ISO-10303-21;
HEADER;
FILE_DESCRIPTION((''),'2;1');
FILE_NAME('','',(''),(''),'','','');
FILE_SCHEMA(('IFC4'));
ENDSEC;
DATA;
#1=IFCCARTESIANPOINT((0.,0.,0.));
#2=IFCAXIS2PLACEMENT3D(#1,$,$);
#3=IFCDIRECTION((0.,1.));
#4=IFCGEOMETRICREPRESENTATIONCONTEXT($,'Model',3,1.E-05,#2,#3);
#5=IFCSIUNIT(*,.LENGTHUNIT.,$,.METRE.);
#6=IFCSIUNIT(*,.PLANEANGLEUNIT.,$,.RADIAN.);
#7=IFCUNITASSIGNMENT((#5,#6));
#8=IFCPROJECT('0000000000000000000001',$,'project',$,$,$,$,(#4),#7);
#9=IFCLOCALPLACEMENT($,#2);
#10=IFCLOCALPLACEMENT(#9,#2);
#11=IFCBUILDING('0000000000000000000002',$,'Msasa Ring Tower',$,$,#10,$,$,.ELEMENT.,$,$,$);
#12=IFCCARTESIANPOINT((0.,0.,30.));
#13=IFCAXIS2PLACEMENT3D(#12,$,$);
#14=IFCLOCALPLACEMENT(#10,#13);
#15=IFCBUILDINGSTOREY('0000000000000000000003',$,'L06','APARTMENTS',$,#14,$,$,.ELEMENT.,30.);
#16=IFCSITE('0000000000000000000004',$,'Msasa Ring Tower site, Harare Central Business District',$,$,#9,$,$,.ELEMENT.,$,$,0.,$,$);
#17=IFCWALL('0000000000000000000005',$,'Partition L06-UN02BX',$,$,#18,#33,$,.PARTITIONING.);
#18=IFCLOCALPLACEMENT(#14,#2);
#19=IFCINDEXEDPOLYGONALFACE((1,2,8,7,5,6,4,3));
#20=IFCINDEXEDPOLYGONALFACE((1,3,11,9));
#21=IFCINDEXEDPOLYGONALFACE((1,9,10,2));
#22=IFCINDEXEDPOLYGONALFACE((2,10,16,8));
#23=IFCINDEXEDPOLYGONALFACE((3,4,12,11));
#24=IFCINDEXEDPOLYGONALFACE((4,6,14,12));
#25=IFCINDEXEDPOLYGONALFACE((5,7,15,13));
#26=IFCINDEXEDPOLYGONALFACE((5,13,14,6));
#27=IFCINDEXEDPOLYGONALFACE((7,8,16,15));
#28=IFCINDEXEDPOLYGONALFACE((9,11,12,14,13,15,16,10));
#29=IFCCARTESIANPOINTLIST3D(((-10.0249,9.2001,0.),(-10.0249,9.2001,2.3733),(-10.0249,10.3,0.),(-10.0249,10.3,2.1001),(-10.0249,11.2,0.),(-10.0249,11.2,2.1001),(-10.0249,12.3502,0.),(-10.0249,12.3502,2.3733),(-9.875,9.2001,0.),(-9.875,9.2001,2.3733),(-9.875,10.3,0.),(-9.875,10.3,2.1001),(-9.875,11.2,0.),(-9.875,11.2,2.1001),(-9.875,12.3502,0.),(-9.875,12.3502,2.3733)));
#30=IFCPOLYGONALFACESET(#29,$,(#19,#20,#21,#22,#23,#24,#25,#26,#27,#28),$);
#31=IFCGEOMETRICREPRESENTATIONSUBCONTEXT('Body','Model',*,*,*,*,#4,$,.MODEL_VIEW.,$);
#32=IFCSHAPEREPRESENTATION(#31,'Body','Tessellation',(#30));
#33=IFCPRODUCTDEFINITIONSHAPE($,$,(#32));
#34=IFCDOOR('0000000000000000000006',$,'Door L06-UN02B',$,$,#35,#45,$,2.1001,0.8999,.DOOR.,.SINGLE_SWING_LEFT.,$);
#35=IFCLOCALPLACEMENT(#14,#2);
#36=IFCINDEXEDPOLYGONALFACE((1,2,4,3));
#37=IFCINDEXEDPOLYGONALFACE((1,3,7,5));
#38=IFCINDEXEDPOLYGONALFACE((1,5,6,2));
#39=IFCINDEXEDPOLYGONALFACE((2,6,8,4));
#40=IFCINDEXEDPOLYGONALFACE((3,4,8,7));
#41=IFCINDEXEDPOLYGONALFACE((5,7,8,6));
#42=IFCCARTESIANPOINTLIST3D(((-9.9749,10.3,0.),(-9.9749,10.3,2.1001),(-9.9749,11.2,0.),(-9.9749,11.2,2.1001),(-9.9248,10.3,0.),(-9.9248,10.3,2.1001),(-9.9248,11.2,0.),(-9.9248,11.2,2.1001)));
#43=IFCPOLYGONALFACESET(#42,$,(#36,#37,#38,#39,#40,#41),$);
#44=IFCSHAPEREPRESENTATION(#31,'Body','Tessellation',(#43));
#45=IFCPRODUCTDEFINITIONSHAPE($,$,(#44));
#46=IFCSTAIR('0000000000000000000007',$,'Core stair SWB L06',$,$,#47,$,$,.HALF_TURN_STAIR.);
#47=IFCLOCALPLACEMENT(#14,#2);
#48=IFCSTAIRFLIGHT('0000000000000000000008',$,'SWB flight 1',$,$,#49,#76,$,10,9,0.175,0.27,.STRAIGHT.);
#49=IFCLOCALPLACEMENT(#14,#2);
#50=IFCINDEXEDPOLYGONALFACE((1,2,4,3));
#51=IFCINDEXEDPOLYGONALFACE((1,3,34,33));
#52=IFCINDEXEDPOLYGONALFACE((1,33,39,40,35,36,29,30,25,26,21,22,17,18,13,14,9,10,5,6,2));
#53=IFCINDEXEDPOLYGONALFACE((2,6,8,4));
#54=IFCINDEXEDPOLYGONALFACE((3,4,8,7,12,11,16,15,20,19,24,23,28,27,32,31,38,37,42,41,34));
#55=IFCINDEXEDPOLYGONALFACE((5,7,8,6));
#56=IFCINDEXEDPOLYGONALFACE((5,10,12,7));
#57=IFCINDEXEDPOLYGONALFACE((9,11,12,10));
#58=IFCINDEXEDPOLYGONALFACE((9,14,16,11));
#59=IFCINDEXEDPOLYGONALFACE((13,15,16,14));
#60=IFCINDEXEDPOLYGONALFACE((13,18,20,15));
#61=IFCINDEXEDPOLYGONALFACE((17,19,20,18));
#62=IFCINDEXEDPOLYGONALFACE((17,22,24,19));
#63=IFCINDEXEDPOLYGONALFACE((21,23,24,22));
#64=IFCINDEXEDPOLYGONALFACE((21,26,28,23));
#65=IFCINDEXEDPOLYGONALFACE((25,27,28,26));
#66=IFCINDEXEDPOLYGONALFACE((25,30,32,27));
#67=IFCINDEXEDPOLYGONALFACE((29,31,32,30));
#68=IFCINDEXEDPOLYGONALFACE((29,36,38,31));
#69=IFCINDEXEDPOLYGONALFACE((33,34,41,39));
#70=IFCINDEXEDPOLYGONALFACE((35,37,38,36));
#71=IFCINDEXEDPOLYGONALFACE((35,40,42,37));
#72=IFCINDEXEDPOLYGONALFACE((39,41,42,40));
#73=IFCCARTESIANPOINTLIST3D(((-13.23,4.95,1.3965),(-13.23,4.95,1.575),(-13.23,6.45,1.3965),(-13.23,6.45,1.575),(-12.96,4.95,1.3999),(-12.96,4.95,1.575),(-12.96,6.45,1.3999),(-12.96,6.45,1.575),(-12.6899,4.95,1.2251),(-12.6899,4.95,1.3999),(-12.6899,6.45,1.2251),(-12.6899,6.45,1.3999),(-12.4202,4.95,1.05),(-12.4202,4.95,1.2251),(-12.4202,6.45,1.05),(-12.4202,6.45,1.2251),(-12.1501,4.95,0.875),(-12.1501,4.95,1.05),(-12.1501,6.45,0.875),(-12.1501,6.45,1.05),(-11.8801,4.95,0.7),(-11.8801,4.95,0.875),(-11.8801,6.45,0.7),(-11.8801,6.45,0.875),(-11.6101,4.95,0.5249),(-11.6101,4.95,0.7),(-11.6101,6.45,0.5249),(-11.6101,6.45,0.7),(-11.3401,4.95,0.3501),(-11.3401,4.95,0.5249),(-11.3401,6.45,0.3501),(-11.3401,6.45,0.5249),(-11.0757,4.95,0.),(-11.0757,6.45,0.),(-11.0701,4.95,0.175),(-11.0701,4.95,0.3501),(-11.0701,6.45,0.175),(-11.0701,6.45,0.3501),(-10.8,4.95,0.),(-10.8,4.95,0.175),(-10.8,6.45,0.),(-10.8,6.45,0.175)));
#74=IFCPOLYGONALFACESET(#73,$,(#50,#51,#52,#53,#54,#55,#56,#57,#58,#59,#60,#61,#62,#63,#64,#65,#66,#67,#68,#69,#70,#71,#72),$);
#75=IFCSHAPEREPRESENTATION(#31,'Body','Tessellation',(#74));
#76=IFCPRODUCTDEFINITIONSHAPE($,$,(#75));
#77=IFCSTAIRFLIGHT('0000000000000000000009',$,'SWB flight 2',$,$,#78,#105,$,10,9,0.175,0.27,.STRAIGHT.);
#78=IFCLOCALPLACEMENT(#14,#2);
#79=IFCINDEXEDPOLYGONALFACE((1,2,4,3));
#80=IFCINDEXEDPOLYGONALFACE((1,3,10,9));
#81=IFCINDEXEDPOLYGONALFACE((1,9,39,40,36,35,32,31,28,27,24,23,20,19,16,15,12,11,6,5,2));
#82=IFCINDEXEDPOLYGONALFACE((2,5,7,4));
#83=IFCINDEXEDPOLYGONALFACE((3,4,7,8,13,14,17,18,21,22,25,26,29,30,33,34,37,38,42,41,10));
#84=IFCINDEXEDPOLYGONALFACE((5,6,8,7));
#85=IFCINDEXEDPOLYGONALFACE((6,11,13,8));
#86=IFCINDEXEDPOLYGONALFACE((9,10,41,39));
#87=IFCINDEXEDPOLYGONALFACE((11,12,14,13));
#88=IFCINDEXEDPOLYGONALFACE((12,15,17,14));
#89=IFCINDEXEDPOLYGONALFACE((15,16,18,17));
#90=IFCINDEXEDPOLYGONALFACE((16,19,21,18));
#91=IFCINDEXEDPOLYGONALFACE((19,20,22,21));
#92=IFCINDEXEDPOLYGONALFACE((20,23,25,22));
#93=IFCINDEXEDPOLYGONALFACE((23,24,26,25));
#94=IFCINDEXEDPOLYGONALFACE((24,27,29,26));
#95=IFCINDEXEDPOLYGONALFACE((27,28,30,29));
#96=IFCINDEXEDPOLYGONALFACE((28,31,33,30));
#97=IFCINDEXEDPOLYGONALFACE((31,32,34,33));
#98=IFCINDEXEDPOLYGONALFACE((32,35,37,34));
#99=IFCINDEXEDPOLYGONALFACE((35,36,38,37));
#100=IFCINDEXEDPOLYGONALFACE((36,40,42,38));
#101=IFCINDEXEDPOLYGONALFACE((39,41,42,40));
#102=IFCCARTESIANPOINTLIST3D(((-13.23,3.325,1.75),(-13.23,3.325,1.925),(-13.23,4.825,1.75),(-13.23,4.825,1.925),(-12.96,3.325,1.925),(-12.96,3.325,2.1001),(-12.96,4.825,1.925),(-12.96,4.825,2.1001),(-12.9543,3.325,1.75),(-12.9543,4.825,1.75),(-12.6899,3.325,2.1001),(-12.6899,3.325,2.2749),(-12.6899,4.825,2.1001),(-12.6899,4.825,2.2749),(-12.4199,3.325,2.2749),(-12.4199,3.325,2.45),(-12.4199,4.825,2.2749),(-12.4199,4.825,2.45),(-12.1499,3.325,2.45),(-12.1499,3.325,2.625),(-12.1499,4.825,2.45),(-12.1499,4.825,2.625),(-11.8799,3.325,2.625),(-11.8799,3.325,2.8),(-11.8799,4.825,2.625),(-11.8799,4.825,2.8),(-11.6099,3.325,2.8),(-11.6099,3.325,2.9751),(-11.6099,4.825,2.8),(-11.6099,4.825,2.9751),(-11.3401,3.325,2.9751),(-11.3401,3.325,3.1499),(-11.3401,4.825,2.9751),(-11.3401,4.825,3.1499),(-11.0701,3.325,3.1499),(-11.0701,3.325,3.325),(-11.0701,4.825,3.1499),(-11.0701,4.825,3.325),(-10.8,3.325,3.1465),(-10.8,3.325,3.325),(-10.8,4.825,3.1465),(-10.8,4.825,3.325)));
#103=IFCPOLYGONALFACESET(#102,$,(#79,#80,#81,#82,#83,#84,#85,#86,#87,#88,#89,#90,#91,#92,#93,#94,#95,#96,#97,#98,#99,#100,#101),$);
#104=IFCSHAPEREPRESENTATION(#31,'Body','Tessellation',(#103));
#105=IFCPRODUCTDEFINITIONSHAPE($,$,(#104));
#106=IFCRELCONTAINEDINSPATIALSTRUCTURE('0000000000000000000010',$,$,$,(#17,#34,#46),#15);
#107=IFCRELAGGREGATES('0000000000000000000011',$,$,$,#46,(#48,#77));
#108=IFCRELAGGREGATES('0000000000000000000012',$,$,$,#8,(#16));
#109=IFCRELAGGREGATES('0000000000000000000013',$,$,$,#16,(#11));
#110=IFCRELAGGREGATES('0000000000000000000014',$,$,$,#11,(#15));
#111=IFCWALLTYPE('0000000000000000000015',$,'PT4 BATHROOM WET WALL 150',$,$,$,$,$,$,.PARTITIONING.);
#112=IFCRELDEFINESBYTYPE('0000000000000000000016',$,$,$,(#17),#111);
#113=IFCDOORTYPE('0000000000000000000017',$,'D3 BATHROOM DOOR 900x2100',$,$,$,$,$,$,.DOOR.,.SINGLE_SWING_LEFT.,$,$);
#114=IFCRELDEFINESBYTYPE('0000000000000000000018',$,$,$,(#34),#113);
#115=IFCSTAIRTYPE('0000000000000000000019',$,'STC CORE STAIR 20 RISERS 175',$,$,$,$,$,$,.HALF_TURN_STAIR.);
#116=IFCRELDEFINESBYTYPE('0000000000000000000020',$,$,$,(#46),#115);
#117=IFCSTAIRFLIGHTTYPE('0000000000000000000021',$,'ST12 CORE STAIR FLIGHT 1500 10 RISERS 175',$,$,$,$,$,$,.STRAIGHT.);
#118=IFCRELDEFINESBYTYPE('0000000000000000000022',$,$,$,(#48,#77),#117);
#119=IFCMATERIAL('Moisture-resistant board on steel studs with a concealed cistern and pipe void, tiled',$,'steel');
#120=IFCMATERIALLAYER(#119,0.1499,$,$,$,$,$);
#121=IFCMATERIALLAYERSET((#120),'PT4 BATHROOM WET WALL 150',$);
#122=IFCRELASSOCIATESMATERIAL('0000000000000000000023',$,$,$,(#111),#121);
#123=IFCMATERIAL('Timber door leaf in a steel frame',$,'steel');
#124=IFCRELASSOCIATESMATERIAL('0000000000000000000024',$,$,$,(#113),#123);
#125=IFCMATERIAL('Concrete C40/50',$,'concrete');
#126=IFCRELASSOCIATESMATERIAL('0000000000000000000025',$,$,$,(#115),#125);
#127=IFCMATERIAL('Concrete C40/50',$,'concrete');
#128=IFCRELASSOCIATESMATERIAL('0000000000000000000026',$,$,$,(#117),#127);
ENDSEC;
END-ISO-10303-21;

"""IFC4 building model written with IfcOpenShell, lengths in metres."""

from ifc_helpers import new_model, si_unit, direction, frame, frame_2d, origin, place, context, subcontext, project, spatial, polyline, rectangle, outline, extrude, material, layer, layer_set, type_object, element, fill, aggregate, save


model = new_model("IFC4")

# Units and contexts
model_context = context("Model", 3, precision=1e-05, world=origin(), true_north=direction((0.0, 1.0)))
body_context = subcontext(model_context, "Body", "Model", "MODEL_VIEW")
ifc_project = project(units=[si_unit("LENGTHUNIT", "METRE"), si_unit("PLANEANGLEUNIT", "RADIAN")], contexts=[model_context])

# Site, building, storey
site_placement = place(None, origin())
site = spatial("IfcSite", under=ifc_project, at=site_placement, Name="Msasa Ring Tower site, Harare Central Business District", CompositionType="ELEMENT", RefElevation=0.0)
building_placement = place(site_placement, origin())
building = spatial("IfcBuilding", under=site, at=building_placement, Name="Msasa Ring Tower", CompositionType="ELEMENT")
storey_placement = place(building_placement, frame((0.0, 0.0, 30.0)))
storey = spatial("IfcBuildingStorey", under=building, at=storey_placement, Name="L06", Description="APARTMENTS", CompositionType="ELEMENT", Elevation=30.0)

# Wall, opening, door
ifc_material_1 = material(Name="Moisture-resistant board on steel studs with a concealed cistern and pipe void, tiled", Category="steel")
ifc_layer_1 = layer(ifc_material_1, 0.1499)
ifc_layer_set_1 = layer_set([ifc_layer_1], Name="PT4 BATHROOM WET WALL 150")
wall_type_1 = type_object("IfcWallType", Name="PT4 BATHROOM WET WALL 150", PredefinedType="PARTITIONING", material=ifc_layer_set_1)
ifc_material_2 = material(Name="Timber door leaf in a steel frame", Category="steel")
door_type_1 = type_object("IfcDoorType", Name="D3 BATHROOM DOOR 900x2100", OperationType="SINGLE_SWING_LEFT", PredefinedType="DOOR", material=ifc_material_2)
wall_1_placement = place(storey_placement, frame((-9.95, 9.2, 0.0), z_axis=(0.0, 0.0, 1.0), x_axis=(0.0, 1.0, 0.0)))
wall_1 = element("IfcWall", 1, at=wall_1_placement, inside=storey, type_object=wall_type_1, Name="Partition L06-UN02BX", PredefinedType="PARTITIONING", context=body_context, shape_type="SweptSolid", body=[
    extrude(rectangle(XDim=3.1501, YDim=0.1499, at=frame_2d((1.5752, 0.0))), origin(), (0.0, 0.0, 1.0), 2.3733),
])
opening_1_placement = place(wall_1_placement, frame((1.1001, 0.0, 0.0)))
opening_1 = element("IfcOpeningElement", 2, at=opening_1_placement, cuts=wall_1, PredefinedType="OPENING", context=body_context, shape_type="SweptSolid", body=[
    extrude(rectangle(XDim=0.8999, YDim=2.1001, at=frame_2d((0.45, 1.05))), frame((0.0, 0.085, 0.0), z_axis=(0.0, -1.0, 0.0), x_axis=(1.0, 0.0, 0.0)), (0.0, 0.0, 1.0), 0.1699),
])
door_1_placement = place(opening_1_placement, origin())
door_1 = element("IfcDoor", 3, at=door_1_placement, inside=storey, type_object=door_type_1, Name="Door L06-UN02B", OperationType="SINGLE_SWING_LEFT", OverallHeight=2.1001, OverallWidth=0.8999, PredefinedType="DOOR", context=body_context, shape_type="SweptSolid", body=[
    extrude(rectangle(XDim=0.8999, YDim=2.1001, at=frame_2d((0.45, 1.05))), frame((0.0, 0.0249, 0.0), z_axis=(0.0, -1.0, 0.0), x_axis=(1.0, 0.0, 0.0)), (0.0, 0.0, 1.0), 0.05),
])
fill(opening_1, door_1)

# Stair, stair flights
ifc_material_3 = material(Name="Concrete C40/50", Category="concrete")
stair_type = type_object("IfcStairType", Name="STC CORE STAIR 20 RISERS 175", PredefinedType="HALF_TURN_STAIR", material=ifc_material_3)
stair_placement = place(storey_placement, origin())
stair = element("IfcStair", 4, at=stair_placement, inside=storey, type_object=stair_type, Name="Core stair SWB L06", PredefinedType="HALF_TURN_STAIR")
ifc_material_4 = material(Name="Concrete C40/50", Category="concrete")
stair_flight_type = type_object("IfcStairFlightType", Name="ST12 CORE STAIR FLIGHT 1500 10 RISERS 175", PredefinedType="STRAIGHT", material=ifc_material_4)
stair_flight_1_placement = place(storey_placement, frame((-10.8, 5.7, 0.0), z_axis=(0.0, 0.0, 1.0), x_axis=(-1.0, 0.0, 0.0)))
stair_flight_1 = element("IfcStairFlight", 5, at=stair_flight_1_placement, type_object=stair_flight_type, Name="SWB flight 1", NumberOfRisers=10, NumberOfTreads=9, PredefinedType="STRAIGHT", RiserHeight=0.175, TreadLength=0.27, context=body_context, shape_type="SweptSolid", body=[
    extrude(outline(polyline([(0.0, 0.0), (0.0, 0.175), (0.27, 0.175), (0.27, 0.3501), (0.54, 0.3501), (0.54, 0.5249), (0.8101, 0.5249), (0.8101, 0.7), (1.0801, 0.7), (1.0801, 0.875), (1.3501, 0.875), (1.3501, 1.05), (1.6201, 1.05), (1.6201, 1.2251), (1.8899, 1.2251), (1.8899, 1.3999), (2.1599, 1.3999), (2.1599, 1.575), (2.4299, 1.575), (2.4299, 1.75), (2.4299, 1.3965), (0.2756, 0.0), (0.0, 0.0)])), frame((0.0, 0.75, 0.0), z_axis=(0.0, -1.0, 0.0), x_axis=(1.0, 0.0, 0.0)), (0.0, 0.0, 1.0), 1.5),
])
stair_flight_2_placement = place(storey_placement, frame((-13.23, 4.075, 1.75), z_axis=(0.0, 0.0, 1.0), x_axis=(1.0, 0.0, 0.0)))
stair_flight_2 = element("IfcStairFlight", 6, at=stair_flight_2_placement, type_object=stair_flight_type, Name="SWB flight 2", NumberOfRisers=10, NumberOfTreads=9, PredefinedType="STRAIGHT", RiserHeight=0.175, TreadLength=0.27, context=body_context, shape_type="SweptSolid", body=[
    extrude(outline(polyline([(0.0, 0.0), (0.0, 0.175), (0.27, 0.175), (0.27, 0.3501), (0.54, 0.3501), (0.54, 0.5249), (0.8101, 0.5249), (0.8101, 0.7), (1.0801, 0.7), (1.0801, 0.875), (1.3501, 0.875), (1.3501, 1.05), (1.6201, 1.05), (1.6201, 1.2251), (1.8899, 1.2251), (1.8899, 1.3999), (2.1599, 1.3999), (2.1599, 1.575), (2.4299, 1.575), (2.4299, 1.75), (2.4299, 1.3965), (0.2756, 0.0), (0.0, 0.0)])), frame((0.0, 0.75, 0.0), z_axis=(0.0, -1.0, 0.0), x_axis=(1.0, 0.0, 0.0)), (0.0, 0.0, 1.0), 1.5),
])
aggregate(stair, [stair_flight_1, stair_flight_2])

save(model, "model.ifc")
